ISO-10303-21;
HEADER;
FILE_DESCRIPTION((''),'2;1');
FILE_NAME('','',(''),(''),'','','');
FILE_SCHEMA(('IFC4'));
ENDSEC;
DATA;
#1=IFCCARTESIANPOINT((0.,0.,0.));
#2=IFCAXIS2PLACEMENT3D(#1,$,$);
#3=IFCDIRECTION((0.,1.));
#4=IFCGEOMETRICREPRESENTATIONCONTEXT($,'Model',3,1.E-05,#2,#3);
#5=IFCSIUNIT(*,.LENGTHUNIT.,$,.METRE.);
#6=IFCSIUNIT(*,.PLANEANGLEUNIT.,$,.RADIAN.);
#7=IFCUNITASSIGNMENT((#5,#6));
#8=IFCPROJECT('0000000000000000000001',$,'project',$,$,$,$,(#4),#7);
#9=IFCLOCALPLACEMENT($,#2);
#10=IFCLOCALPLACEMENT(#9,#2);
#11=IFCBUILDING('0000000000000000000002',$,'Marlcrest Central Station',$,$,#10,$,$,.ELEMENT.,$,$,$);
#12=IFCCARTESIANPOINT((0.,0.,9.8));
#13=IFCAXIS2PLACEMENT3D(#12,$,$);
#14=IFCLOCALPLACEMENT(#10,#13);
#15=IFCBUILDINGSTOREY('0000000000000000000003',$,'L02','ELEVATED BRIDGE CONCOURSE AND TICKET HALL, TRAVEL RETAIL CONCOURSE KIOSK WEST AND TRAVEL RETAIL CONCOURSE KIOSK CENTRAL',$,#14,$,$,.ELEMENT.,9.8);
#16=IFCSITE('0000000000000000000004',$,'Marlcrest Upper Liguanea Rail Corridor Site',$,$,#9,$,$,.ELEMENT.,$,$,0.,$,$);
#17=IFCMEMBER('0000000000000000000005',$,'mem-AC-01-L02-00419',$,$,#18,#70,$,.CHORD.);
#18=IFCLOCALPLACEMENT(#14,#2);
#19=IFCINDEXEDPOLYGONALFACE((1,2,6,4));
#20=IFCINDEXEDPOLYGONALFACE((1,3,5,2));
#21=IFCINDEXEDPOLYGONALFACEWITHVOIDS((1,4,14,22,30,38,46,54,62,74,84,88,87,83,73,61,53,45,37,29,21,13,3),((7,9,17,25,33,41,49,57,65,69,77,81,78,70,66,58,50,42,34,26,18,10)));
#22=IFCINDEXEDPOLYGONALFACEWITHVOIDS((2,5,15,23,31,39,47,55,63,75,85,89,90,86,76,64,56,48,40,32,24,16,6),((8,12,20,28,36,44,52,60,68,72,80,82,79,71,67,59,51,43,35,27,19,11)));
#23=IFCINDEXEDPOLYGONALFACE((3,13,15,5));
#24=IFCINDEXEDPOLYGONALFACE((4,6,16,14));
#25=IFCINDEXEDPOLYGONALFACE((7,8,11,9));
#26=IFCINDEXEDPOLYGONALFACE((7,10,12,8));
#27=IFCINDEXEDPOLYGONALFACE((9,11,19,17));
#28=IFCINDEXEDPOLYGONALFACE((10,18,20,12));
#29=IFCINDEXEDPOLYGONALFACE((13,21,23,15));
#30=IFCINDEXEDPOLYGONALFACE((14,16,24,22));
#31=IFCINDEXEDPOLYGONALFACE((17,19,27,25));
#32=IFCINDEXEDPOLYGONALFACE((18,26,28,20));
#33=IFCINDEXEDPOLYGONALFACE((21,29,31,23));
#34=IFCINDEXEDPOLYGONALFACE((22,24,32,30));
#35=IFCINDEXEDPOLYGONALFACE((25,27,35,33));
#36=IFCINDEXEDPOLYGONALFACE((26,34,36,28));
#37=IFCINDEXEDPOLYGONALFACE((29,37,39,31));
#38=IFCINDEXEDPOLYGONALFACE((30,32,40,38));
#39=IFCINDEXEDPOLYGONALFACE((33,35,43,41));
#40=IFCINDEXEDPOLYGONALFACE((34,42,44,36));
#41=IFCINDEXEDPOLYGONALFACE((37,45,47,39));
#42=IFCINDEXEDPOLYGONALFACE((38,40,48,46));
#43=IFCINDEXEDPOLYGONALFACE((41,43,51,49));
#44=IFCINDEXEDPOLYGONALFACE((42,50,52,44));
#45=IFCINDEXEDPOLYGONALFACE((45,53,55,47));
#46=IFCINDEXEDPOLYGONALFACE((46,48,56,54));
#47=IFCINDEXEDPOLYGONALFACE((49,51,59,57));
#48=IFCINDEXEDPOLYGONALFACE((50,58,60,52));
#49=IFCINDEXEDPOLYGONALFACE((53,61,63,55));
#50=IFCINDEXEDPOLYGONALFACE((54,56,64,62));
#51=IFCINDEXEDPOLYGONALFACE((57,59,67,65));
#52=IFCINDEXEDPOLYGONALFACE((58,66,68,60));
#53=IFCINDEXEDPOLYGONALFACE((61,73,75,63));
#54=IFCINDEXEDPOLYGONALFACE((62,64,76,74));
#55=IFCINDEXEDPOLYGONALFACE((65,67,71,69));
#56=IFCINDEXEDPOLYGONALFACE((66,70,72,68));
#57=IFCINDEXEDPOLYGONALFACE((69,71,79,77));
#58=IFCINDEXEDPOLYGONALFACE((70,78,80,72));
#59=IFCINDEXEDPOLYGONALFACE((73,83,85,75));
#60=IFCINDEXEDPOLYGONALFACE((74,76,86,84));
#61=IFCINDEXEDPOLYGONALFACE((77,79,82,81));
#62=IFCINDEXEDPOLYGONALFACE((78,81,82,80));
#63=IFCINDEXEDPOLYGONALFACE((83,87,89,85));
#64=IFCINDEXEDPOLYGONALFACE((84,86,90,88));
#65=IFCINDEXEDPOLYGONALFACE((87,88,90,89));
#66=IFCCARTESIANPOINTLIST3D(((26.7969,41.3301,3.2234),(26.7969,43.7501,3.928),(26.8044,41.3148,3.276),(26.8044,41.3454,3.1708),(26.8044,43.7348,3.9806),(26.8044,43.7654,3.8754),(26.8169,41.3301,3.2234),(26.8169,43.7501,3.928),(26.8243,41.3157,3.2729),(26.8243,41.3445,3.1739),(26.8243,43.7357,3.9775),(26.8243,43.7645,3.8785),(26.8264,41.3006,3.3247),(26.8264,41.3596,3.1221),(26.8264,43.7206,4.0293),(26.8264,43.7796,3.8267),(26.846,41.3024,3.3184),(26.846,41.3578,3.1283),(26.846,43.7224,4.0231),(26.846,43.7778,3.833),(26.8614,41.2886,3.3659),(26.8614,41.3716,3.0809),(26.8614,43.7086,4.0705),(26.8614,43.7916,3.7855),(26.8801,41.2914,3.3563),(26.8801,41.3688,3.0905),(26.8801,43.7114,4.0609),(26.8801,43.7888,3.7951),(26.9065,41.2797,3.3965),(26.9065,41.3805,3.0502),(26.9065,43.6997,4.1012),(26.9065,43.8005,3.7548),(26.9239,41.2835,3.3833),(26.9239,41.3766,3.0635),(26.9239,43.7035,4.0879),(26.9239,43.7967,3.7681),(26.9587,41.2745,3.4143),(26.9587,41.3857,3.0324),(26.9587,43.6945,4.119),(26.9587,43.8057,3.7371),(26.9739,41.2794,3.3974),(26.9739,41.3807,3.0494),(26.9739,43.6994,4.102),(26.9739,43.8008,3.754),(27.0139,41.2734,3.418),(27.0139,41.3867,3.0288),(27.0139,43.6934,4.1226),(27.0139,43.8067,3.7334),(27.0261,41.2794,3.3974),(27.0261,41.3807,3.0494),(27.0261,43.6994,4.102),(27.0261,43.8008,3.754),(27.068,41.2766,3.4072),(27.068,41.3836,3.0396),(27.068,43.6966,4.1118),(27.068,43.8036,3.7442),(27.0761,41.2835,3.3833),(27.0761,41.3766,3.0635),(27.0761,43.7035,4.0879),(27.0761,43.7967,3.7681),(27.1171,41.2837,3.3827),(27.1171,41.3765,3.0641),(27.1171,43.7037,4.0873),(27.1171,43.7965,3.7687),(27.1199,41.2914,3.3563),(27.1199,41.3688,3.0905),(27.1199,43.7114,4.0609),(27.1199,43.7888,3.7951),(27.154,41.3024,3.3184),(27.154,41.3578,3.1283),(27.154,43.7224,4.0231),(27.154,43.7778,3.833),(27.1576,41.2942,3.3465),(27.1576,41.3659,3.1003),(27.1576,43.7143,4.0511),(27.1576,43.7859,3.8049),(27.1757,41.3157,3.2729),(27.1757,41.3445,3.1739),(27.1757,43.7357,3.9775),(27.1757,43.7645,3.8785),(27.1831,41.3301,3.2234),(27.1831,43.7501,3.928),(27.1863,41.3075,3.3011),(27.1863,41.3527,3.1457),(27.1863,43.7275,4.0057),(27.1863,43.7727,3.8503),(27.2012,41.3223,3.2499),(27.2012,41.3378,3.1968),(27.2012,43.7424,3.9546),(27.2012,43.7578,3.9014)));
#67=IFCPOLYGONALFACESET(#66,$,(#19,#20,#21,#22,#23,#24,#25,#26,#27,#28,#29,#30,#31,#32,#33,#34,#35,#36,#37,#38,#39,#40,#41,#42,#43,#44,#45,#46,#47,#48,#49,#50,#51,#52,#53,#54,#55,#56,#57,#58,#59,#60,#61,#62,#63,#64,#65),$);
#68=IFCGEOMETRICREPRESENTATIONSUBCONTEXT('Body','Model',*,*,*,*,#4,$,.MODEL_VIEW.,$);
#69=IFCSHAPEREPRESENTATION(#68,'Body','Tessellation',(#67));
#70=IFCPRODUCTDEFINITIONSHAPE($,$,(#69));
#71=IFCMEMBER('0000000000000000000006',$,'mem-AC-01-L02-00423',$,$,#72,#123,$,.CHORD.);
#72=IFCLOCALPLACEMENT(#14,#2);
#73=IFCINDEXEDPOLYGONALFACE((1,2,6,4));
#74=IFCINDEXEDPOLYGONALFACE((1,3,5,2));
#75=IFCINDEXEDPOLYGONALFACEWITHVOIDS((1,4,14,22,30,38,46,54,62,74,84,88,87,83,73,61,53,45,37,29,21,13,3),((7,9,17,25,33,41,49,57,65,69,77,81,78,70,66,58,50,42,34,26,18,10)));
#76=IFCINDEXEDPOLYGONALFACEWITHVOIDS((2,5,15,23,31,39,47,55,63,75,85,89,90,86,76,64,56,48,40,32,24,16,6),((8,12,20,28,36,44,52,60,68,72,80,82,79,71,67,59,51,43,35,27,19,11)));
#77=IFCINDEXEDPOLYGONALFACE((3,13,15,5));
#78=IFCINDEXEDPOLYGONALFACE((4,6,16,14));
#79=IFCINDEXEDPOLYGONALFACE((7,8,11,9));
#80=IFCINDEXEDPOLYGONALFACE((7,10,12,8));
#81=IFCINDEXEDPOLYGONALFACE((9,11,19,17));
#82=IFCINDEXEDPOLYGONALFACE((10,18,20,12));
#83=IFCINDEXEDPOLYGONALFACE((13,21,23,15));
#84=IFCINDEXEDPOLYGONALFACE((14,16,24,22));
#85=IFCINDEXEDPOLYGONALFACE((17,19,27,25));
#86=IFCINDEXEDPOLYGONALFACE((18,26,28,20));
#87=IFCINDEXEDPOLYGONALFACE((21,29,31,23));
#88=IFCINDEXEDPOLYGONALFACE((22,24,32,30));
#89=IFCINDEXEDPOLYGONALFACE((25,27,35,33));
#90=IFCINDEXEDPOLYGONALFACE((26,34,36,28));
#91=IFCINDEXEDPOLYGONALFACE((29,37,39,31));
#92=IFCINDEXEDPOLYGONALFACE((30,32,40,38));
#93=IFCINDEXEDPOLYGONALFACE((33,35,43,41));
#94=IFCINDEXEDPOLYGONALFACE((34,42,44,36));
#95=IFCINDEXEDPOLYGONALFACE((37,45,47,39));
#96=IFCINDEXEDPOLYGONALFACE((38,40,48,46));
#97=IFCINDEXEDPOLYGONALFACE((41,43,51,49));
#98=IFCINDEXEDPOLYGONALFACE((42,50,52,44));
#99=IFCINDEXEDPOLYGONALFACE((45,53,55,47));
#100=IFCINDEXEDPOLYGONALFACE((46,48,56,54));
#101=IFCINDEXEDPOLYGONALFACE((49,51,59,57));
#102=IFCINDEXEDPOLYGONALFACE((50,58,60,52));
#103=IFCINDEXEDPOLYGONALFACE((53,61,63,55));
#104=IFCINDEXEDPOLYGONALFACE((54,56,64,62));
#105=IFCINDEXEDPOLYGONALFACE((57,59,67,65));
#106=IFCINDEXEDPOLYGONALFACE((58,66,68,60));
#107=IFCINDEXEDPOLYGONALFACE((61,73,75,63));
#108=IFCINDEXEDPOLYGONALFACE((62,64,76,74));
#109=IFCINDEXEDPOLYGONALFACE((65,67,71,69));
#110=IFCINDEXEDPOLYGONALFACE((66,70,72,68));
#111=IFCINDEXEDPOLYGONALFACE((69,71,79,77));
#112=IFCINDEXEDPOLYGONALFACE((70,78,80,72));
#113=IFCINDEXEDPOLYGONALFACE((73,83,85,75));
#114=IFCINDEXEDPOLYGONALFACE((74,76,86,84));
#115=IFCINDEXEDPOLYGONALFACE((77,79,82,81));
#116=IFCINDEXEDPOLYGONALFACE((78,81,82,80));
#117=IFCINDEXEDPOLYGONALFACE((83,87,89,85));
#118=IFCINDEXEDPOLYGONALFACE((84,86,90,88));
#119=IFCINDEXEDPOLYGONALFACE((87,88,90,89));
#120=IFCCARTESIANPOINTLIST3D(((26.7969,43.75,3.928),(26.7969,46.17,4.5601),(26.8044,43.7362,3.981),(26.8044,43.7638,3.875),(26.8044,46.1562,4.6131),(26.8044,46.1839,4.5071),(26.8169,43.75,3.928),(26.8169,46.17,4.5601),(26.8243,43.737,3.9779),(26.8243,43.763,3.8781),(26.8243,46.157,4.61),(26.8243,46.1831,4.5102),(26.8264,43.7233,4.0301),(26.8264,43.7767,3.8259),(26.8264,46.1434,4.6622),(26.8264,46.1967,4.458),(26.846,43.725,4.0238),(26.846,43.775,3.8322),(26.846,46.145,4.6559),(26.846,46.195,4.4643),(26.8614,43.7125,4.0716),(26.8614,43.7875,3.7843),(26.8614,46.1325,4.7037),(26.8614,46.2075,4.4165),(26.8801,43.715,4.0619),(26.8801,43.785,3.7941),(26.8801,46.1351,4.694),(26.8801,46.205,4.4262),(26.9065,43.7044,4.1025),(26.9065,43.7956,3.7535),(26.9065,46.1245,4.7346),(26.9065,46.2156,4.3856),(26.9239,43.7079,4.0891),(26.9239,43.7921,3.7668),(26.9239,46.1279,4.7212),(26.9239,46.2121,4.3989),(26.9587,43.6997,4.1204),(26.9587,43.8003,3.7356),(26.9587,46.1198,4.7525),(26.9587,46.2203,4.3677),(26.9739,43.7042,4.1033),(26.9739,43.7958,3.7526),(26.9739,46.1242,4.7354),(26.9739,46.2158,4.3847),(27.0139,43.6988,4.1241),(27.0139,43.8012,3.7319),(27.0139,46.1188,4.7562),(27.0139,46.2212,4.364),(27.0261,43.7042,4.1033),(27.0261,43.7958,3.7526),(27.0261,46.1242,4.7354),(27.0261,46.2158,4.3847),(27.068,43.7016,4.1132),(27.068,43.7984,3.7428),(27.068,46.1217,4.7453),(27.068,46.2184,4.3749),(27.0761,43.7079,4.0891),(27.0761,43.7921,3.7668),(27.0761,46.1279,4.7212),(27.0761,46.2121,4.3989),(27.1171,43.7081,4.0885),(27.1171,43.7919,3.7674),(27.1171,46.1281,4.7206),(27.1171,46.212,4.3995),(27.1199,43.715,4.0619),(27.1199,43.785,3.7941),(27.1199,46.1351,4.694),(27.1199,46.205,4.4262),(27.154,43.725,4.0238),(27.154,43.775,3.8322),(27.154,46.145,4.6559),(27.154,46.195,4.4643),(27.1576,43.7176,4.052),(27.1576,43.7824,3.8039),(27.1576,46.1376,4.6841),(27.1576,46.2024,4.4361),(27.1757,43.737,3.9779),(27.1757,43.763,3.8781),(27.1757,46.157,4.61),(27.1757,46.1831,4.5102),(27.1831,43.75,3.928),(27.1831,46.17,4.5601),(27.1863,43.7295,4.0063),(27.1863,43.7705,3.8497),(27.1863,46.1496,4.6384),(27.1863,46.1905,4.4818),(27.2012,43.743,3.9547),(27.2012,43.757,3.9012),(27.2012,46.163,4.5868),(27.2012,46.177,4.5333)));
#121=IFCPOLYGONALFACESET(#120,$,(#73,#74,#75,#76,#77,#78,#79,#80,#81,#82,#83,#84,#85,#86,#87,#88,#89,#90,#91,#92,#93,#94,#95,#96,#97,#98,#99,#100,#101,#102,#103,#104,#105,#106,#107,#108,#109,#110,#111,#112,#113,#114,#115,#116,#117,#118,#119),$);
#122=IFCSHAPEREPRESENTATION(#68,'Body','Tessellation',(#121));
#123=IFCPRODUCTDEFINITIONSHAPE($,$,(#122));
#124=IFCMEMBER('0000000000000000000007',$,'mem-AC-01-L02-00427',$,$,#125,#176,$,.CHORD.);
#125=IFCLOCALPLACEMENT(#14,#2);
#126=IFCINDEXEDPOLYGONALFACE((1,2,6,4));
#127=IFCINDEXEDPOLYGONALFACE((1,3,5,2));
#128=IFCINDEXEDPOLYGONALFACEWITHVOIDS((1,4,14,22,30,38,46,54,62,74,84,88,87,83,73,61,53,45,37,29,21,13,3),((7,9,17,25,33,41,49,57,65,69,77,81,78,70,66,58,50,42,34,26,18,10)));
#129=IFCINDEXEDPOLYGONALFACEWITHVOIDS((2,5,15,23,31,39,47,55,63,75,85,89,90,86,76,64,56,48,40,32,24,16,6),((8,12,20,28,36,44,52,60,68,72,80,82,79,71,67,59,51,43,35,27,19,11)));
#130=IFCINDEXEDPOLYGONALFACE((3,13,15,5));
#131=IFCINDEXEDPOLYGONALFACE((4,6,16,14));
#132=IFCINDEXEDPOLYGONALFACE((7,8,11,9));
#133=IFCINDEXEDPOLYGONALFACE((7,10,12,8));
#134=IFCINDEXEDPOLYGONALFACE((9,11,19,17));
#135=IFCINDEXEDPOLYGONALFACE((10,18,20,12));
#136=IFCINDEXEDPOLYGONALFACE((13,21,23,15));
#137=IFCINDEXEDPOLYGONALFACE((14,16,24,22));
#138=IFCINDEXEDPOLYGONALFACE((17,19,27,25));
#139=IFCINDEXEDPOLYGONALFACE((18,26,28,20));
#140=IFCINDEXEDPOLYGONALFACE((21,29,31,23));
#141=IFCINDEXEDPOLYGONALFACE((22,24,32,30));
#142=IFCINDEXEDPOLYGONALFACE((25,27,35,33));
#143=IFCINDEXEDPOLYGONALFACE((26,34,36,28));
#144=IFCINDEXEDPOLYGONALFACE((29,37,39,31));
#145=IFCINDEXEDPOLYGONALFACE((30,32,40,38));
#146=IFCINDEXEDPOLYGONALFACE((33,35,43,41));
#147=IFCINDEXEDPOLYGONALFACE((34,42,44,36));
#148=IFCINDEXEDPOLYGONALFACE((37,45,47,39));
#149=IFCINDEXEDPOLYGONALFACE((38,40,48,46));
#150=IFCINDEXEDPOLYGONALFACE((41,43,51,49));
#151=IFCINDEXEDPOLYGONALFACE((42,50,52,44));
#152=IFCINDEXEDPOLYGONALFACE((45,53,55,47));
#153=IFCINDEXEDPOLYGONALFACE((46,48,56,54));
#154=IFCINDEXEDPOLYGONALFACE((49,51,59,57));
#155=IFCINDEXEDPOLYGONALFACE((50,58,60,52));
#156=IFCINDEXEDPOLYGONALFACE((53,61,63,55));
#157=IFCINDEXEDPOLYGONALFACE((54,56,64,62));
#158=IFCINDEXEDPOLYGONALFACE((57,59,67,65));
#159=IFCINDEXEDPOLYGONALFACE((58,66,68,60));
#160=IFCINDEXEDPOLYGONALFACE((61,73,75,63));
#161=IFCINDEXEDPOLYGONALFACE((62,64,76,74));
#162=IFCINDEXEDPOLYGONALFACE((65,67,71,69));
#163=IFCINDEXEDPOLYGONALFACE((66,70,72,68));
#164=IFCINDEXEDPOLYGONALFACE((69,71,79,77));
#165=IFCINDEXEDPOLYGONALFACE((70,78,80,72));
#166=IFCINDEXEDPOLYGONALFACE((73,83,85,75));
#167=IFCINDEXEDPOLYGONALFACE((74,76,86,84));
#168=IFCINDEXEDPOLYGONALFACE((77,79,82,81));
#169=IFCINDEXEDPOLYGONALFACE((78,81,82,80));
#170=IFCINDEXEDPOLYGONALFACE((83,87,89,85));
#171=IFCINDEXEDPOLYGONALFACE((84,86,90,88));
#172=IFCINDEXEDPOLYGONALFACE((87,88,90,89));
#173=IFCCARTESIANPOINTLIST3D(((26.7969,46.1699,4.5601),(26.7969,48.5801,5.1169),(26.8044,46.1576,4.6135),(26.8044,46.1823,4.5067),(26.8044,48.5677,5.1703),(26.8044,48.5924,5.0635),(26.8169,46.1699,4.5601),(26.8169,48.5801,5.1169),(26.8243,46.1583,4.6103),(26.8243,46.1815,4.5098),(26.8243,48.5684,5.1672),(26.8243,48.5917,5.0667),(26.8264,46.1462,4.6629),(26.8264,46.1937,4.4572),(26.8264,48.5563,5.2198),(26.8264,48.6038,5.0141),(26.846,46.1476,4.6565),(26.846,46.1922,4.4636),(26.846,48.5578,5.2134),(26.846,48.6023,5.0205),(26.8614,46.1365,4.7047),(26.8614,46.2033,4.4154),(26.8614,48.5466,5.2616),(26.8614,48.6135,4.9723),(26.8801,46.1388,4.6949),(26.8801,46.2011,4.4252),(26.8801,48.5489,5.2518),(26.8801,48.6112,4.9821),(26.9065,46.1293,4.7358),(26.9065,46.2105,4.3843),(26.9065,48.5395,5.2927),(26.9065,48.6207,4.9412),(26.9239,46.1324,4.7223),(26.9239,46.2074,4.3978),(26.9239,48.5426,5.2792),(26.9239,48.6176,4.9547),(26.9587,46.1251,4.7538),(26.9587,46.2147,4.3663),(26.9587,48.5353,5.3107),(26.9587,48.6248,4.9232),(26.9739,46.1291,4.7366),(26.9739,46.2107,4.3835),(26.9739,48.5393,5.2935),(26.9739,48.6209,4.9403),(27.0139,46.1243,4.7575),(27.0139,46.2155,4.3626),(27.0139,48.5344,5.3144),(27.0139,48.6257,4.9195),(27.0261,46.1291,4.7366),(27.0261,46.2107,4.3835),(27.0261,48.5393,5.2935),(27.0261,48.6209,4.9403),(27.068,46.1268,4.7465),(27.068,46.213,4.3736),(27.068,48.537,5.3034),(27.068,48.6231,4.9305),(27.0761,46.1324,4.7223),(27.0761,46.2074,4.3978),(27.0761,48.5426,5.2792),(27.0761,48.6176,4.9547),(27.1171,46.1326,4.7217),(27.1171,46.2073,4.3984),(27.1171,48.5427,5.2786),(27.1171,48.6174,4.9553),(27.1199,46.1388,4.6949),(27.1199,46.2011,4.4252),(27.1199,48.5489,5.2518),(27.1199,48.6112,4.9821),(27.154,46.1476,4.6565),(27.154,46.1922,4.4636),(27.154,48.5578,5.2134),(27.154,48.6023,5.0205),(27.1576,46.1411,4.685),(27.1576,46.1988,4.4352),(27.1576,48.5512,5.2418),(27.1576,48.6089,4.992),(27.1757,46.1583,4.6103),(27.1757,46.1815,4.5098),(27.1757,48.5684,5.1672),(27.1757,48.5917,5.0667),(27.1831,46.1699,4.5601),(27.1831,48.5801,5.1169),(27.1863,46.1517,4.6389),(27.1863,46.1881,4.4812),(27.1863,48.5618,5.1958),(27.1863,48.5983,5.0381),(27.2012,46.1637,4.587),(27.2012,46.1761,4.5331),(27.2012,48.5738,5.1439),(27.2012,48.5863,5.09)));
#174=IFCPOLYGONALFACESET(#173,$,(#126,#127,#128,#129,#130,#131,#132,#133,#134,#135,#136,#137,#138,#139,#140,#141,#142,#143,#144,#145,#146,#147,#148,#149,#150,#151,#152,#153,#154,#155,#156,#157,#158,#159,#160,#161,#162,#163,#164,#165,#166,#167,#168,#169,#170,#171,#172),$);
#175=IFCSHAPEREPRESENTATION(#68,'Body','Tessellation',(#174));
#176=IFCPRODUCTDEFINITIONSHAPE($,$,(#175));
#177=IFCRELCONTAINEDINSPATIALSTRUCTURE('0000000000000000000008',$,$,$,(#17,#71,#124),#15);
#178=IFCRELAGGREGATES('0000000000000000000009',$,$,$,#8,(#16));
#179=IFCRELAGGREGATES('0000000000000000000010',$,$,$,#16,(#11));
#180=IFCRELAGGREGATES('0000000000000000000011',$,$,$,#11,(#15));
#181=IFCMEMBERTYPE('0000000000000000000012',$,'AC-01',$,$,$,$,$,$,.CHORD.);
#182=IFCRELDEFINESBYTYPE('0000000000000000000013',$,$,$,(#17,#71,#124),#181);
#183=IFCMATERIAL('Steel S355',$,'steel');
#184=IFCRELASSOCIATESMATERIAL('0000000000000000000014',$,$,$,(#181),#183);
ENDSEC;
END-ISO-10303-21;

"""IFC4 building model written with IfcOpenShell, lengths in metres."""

from ifc_helpers import new_model, si_unit, direction, frame, origin, origin_2d, place, context, subcontext, project, spatial, hollow_circle, extrude, material, material_profile, profile_set, type_object, element, save


model = new_model("IFC4")

# Units and contexts
model_context = context("Model", 3, precision=1e-05, world=origin(), true_north=direction((0.0, 1.0)))
body_context = subcontext(model_context, "Body", "Model", "MODEL_VIEW")
ifc_project = project(units=[si_unit("LENGTHUNIT", "METRE"), si_unit("PLANEANGLEUNIT", "RADIAN")], contexts=[model_context])

# Site, building, storey
site_placement = place(None, origin())
site = spatial("IfcSite", under=ifc_project, at=site_placement, Name="Marlcrest Upper Liguanea Rail Corridor Site", CompositionType="ELEMENT", RefElevation=0.0)
building_placement = place(site_placement, origin())
building = spatial("IfcBuilding", under=site, at=building_placement, Name="Marlcrest Central Station", CompositionType="ELEMENT")
storey_placement = place(building_placement, frame((0.0, 0.0, 9.8)))
storey = spatial("IfcBuildingStorey", under=building, at=storey_placement, Name="L02", Description="ELEVATED BRIDGE CONCOURSE AND TICKET HALL, TRAVEL RETAIL CONCOURSE KIOSK WEST AND TRAVEL RETAIL CONCOURSE KIOSK CENTRAL", CompositionType="ELEMENT", Elevation=9.8)

# Members
ifc_material_1 = material(Name="Steel S355", Category="steel")
ifc_material_profile_1 = material_profile(ifc_material_1, hollow_circle(Radius=0.2031, WallThickness=0.02, at=origin_2d()), Name="CHS 406.4x20")
ifc_profile_set_1 = profile_set([ifc_material_profile_1], Name="Steel S355")
member_type_1 = type_object("IfcMemberType", Name="AC-01", PredefinedType="CHORD", material=ifc_profile_set_1)
member_1_placement = place(storey_placement, frame((27.0, 41.3301, 3.2234), z_axis=(0.0, 0.96013, 0.279554), x_axis=(-1.0, 0.0, 0.0)))
element("IfcMember", 1, at=member_1_placement, inside=storey, type_object=member_type_1, Name="mem-AC-01-L02-00419", PredefinedType="CHORD", context=body_context, shape_type="SweptSolid", body=[
    extrude(hollow_circle(Radius=0.2031, WallThickness=0.02, at=origin_2d()), origin(), (0.0, 0.0, 1.0), 2.5205),
])
member_2_placement = place(storey_placement, frame((27.0, 43.75, 3.928), z_axis=(0.0, 0.967539, 0.25272), x_axis=(-1.0, 0.0, 0.0)))
element("IfcMember", 2, at=member_2_placement, inside=storey, type_object=member_type_1, Name="mem-AC-01-L02-00423", PredefinedType="CHORD", context=body_context, shape_type="SweptSolid", body=[
    extrude(hollow_circle(Radius=0.2031, WallThickness=0.02, at=origin_2d()), origin(), (0.0, 0.0, 1.0), 2.5012),
])
member_3_placement = place(storey_placement, frame((27.0, 46.1699, 4.5601), z_axis=(0.0, 0.97433, 0.225126), x_axis=(-1.0, 0.0, 0.0)))
element("IfcMember", 3, at=member_3_placement, inside=storey, type_object=member_type_1, Name="mem-AC-01-L02-00427", PredefinedType="CHORD", context=body_context, shape_type="SweptSolid", body=[
    extrude(hollow_circle(Radius=0.2031, WallThickness=0.02, at=origin_2d()), origin(), (0.0, 0.0, 1.0), 2.4736),
])

save(model, "model.ifc")
